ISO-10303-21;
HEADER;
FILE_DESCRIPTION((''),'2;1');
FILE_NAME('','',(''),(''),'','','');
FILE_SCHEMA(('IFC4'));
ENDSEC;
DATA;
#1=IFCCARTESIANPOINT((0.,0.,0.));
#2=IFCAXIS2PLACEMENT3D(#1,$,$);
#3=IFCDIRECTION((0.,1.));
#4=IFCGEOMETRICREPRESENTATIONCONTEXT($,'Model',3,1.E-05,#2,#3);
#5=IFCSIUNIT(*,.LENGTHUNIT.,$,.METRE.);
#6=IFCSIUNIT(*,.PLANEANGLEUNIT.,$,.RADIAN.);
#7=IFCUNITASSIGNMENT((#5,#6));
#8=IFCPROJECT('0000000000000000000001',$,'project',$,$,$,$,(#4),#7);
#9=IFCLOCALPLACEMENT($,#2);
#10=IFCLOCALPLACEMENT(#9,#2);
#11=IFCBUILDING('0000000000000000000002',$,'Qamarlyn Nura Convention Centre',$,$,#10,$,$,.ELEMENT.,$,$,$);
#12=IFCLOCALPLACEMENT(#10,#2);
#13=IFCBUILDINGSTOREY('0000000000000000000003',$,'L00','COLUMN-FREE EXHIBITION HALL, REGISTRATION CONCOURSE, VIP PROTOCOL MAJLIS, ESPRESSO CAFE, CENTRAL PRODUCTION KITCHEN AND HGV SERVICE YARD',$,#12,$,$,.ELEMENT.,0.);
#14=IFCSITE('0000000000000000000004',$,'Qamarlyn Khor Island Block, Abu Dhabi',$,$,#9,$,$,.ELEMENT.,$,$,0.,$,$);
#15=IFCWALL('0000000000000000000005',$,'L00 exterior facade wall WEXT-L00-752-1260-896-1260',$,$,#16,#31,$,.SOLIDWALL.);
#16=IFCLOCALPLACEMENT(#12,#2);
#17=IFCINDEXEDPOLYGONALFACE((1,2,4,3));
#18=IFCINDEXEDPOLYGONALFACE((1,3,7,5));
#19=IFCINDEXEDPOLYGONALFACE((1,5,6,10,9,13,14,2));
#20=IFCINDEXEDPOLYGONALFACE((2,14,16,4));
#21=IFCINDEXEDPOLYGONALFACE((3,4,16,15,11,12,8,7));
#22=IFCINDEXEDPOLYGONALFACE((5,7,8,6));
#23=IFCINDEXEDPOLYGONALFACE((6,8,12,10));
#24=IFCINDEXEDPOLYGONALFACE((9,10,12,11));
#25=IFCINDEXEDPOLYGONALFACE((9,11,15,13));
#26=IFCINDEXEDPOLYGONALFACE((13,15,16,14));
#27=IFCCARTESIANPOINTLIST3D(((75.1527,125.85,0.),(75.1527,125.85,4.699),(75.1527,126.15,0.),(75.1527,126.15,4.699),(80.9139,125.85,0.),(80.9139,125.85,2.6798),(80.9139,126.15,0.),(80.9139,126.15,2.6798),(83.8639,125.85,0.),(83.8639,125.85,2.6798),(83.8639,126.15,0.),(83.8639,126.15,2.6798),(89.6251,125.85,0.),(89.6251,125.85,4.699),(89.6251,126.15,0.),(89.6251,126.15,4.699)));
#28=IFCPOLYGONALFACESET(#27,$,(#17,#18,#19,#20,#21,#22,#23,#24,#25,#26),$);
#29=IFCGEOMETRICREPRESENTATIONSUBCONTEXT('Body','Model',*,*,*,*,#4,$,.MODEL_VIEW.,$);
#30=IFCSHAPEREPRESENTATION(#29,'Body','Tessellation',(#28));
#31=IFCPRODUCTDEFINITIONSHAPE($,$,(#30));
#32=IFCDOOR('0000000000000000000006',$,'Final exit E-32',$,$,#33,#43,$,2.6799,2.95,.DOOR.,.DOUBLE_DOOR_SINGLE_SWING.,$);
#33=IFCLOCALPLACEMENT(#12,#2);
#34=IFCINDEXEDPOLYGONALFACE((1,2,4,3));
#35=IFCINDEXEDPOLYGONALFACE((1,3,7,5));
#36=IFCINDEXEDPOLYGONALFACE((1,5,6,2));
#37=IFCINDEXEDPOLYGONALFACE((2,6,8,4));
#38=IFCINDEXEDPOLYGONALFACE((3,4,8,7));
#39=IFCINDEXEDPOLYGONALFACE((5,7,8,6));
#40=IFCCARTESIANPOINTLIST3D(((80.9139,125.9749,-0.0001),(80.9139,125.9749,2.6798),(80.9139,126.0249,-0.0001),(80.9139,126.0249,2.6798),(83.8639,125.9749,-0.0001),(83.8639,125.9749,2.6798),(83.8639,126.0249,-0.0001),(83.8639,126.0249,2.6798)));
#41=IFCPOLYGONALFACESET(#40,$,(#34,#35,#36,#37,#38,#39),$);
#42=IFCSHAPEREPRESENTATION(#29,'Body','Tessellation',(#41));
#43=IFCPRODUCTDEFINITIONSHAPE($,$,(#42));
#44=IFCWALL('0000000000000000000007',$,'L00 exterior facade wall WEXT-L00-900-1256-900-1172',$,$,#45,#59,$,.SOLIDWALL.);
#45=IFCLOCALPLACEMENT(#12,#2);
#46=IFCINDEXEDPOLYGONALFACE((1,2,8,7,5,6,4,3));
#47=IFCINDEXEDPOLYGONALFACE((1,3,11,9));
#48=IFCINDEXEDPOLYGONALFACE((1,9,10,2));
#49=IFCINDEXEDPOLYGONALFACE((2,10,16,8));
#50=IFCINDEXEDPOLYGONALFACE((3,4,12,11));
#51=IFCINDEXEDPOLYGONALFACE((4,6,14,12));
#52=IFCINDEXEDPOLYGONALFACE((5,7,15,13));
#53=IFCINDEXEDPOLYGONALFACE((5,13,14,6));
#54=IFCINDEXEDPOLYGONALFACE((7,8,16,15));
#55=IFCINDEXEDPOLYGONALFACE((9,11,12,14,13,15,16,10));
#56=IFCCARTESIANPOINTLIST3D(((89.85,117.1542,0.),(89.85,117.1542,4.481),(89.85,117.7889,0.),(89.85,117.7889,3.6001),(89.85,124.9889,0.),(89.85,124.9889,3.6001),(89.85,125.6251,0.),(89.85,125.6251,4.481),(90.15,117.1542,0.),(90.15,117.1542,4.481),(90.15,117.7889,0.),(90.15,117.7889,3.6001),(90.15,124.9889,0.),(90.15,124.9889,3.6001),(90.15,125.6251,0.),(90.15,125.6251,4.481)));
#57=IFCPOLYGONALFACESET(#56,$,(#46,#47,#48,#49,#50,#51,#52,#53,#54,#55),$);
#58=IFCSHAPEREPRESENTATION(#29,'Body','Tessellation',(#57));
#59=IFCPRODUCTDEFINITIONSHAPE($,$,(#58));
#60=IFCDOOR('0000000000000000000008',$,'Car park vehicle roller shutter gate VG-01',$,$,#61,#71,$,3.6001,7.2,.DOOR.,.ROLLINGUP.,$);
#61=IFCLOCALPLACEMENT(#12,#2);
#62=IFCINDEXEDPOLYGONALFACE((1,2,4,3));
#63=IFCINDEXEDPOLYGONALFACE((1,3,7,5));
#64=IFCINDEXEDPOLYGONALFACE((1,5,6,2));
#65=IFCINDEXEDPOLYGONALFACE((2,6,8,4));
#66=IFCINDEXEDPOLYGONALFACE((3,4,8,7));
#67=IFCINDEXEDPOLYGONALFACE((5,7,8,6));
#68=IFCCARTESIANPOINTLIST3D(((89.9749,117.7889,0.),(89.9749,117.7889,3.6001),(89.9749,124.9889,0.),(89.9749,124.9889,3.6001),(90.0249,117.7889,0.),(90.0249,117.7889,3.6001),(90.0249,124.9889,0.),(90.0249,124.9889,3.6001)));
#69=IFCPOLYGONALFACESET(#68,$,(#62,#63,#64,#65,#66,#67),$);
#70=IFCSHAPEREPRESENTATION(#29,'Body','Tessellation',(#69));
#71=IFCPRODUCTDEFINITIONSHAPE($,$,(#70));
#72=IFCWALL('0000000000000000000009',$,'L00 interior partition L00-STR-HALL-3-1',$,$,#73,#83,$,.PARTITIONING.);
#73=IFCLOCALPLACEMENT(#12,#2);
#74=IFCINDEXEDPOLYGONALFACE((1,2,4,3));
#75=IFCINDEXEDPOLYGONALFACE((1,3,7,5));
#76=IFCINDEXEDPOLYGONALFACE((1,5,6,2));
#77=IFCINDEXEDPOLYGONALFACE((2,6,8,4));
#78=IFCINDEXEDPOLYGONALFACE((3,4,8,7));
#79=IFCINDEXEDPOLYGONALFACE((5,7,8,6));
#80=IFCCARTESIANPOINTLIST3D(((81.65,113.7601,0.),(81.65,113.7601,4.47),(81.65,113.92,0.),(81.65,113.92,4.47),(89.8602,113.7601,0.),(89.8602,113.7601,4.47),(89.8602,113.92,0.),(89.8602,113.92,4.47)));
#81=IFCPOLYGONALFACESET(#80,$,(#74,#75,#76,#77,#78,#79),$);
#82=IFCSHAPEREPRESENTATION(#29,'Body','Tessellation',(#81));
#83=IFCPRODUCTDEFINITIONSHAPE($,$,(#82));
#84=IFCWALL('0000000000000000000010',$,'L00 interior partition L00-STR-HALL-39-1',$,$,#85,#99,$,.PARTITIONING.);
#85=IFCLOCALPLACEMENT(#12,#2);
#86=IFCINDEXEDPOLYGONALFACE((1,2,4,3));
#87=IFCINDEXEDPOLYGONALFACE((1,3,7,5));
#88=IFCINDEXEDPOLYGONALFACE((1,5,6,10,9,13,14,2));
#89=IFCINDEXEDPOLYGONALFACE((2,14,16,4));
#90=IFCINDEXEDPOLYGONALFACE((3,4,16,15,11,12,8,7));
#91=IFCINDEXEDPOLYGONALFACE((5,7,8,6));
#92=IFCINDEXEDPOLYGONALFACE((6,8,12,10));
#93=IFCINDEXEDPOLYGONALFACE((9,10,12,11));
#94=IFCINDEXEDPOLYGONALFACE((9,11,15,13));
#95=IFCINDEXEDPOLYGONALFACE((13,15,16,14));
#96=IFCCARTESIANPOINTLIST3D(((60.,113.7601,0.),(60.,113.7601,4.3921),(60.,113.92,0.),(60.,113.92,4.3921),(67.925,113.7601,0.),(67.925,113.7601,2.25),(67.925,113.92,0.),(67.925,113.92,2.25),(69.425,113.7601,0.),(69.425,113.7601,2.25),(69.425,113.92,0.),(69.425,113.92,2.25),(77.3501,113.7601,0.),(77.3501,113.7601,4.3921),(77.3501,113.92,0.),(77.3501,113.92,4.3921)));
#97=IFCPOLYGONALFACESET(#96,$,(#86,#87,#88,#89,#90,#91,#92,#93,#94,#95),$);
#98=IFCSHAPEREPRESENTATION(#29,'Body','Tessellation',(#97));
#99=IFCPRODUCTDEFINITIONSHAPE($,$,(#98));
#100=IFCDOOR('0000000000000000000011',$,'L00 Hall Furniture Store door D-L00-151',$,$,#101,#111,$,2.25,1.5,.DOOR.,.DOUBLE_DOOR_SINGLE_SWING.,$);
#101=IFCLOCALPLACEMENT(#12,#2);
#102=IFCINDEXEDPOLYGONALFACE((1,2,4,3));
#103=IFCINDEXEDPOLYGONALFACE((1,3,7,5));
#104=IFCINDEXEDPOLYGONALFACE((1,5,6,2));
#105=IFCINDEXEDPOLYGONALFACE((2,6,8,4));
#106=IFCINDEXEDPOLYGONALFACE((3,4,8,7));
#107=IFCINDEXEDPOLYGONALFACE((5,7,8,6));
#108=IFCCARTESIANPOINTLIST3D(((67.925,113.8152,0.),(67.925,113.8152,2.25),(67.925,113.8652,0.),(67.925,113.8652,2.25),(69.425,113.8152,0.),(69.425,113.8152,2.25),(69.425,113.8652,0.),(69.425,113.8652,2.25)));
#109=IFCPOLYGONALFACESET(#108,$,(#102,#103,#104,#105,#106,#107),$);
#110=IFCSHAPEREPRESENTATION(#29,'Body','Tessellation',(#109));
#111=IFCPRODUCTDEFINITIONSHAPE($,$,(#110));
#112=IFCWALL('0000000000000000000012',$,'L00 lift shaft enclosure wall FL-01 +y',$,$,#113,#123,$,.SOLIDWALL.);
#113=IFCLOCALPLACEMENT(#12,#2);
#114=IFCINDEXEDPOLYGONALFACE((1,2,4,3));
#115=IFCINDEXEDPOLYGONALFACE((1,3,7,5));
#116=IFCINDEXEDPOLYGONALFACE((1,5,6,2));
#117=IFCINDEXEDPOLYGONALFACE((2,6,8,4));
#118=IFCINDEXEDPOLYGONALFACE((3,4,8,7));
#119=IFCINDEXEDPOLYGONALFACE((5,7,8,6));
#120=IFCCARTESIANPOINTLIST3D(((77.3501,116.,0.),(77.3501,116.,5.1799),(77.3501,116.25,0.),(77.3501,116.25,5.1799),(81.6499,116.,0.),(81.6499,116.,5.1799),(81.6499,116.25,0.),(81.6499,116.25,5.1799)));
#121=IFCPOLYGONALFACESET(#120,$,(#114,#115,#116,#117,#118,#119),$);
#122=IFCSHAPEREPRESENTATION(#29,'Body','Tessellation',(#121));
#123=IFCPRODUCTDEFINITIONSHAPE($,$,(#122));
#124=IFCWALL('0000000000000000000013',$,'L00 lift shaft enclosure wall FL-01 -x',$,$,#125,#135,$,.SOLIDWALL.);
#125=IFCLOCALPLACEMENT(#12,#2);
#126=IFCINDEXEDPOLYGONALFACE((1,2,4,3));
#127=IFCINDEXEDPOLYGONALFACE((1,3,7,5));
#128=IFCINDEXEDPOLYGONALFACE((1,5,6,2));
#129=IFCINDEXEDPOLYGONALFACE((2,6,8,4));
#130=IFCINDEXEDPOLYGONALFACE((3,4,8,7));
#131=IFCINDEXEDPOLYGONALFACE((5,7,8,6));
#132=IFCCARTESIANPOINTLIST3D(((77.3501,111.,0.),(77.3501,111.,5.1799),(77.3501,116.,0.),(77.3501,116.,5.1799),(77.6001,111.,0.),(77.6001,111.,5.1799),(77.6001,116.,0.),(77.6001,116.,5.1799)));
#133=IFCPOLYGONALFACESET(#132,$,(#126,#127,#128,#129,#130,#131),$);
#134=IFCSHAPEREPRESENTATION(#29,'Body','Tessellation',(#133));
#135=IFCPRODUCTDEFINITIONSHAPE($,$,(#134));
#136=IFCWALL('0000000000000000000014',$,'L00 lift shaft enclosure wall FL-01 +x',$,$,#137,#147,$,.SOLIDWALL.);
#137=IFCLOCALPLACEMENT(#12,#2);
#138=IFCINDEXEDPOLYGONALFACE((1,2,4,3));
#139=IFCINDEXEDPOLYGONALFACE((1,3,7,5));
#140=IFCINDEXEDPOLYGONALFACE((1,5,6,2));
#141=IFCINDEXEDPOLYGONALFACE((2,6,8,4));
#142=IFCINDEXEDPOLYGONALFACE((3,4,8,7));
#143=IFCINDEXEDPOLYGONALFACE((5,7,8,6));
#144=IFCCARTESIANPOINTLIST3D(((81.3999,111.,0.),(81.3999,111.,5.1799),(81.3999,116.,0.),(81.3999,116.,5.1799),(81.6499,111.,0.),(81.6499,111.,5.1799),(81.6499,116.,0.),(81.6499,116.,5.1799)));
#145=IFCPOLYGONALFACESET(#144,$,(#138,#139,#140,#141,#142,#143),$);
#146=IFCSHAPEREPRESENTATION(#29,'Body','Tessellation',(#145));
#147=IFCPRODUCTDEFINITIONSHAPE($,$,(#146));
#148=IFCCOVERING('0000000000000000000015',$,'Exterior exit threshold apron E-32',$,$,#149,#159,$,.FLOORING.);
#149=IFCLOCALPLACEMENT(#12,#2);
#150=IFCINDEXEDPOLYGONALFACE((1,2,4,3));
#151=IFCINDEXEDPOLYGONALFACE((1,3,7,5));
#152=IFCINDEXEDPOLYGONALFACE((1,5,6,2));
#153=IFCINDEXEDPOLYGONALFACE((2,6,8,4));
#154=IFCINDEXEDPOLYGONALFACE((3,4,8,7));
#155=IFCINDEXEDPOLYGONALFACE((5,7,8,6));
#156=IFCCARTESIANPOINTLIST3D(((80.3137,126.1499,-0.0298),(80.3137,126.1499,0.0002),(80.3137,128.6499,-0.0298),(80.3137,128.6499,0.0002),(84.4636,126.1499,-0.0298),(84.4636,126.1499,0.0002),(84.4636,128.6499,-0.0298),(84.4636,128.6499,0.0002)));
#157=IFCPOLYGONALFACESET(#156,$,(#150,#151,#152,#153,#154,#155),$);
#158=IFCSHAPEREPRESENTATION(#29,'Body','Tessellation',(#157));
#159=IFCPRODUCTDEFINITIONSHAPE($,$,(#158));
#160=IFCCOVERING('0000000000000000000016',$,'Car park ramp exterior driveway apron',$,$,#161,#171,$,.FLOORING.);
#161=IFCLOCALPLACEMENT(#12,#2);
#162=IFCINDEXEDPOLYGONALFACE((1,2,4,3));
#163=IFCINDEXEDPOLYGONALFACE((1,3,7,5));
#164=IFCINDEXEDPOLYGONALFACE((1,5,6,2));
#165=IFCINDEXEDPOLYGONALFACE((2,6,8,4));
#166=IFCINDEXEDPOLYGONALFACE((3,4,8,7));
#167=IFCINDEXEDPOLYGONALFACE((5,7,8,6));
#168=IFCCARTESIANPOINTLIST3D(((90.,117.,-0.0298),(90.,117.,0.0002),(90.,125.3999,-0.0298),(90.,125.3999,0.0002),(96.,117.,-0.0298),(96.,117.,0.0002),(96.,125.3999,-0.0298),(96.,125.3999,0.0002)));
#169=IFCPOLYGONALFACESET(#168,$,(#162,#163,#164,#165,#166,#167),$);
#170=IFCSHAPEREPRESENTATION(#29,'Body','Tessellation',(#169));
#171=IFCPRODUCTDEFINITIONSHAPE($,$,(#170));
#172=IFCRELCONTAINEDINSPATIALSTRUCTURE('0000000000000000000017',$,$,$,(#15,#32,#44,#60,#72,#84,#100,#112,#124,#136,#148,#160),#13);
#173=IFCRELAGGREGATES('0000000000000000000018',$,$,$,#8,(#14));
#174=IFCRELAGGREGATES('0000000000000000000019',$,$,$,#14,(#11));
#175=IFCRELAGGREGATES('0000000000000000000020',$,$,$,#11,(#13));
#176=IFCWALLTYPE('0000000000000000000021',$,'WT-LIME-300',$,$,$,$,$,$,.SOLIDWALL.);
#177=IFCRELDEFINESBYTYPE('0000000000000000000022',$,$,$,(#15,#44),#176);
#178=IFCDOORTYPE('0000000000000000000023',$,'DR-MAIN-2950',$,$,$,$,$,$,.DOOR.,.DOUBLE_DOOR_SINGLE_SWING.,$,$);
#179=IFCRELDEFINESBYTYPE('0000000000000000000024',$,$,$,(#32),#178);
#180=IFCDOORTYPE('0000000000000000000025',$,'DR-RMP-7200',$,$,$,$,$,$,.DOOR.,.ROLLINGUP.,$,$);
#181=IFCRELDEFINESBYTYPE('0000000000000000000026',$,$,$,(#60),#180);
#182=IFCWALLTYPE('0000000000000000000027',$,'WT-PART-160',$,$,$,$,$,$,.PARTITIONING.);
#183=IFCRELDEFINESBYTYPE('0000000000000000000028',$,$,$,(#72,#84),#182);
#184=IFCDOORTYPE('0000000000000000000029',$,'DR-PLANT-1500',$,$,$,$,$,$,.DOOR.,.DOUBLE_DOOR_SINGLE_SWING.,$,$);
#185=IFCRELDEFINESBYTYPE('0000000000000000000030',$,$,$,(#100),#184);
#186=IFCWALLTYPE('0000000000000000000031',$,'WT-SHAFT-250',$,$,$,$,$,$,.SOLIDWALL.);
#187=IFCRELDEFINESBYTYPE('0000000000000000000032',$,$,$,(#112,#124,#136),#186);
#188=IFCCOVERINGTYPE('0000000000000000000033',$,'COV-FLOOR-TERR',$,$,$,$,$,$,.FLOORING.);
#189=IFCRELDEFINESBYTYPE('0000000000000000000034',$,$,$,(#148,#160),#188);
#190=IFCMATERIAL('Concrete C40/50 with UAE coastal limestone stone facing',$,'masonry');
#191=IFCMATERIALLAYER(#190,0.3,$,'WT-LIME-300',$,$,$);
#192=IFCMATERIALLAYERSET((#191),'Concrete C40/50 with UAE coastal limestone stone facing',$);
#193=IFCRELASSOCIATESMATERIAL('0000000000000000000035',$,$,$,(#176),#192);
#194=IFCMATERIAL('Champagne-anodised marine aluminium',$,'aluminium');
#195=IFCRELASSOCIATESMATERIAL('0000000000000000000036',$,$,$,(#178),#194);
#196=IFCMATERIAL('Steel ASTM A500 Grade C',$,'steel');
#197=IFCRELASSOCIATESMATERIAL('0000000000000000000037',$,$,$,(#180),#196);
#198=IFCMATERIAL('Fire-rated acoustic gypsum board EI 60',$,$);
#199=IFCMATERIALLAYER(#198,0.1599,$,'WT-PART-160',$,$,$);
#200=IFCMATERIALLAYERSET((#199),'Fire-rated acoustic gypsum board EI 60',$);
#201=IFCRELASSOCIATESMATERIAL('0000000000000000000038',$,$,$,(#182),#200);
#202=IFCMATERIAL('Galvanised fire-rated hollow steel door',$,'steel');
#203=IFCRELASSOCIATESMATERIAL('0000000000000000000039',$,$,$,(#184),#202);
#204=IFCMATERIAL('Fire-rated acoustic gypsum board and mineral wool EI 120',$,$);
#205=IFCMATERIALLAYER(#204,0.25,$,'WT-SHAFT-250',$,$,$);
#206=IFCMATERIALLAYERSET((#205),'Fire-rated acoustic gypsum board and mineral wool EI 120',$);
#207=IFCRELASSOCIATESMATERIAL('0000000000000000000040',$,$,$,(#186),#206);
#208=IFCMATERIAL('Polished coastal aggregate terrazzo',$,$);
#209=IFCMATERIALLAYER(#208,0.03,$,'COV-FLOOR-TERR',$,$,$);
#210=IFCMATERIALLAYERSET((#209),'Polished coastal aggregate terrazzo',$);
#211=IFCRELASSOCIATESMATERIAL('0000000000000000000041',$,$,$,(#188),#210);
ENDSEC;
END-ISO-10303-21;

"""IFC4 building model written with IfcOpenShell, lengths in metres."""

from ifc_helpers import new_model, si_unit, direction, frame, frame_2d, origin, origin_2d, place, context, subcontext, project, spatial, rectangle, extrude, material, layer, layer_set, type_object, element, fill, save


model = new_model("IFC4")

# Units and contexts
model_context = context("Model", 3, precision=1e-05, world=origin(), true_north=direction((0.0, 1.0)))
body_context = subcontext(model_context, "Body", "Model", "MODEL_VIEW")
ifc_project = project(units=[si_unit("LENGTHUNIT", "METRE"), si_unit("PLANEANGLEUNIT", "RADIAN")], contexts=[model_context])

# Site, building, storey
site_placement = place(None, origin())
site = spatial("IfcSite", under=ifc_project, at=site_placement, Name="Qamarlyn Khor Island Block, Abu Dhabi", CompositionType="ELEMENT", RefElevation=0.0)
building_placement = place(site_placement, origin())
building = spatial("IfcBuilding", under=site, at=building_placement, Name="Qamarlyn Nura Convention Centre", CompositionType="ELEMENT")
storey_placement = place(building_placement, origin())
storey = spatial("IfcBuildingStorey", under=building, at=storey_placement, Name="L00", Description="COLUMN-FREE EXHIBITION HALL, REGISTRATION CONCOURSE, VIP PROTOCOL MAJLIS, ESPRESSO CAFE, CENTRAL PRODUCTION KITCHEN AND HGV SERVICE YARD", CompositionType="ELEMENT", Elevation=0.0)

# Shared definitions
ifc_material_1 = material(Name="Steel ASTM A500 Grade C", Category="steel")

# Walls, openings, doors
ifc_material_2 = material(Name="Champagne-anodised marine aluminium", Category="aluminium")
ifc_material_3 = material(Name="Concrete C40/50 with UAE coastal limestone stone facing", Category="masonry")
ifc_layer_1 = layer(ifc_material_3, 0.3, Name="WT-LIME-300")
ifc_layer_set_1 = layer_set([ifc_layer_1], Name="Concrete C40/50 with UAE coastal limestone stone facing")
wall_type_1 = type_object("IfcWallType", Name="WT-LIME-300", PredefinedType="SOLIDWALL", material=ifc_layer_set_1)
wall_1_placement = place(storey_placement, frame((75.1526, 126.0, 0.0), z_axis=(0.0, 0.0, 1.0), x_axis=(1.0, 0.0, 0.0)))
wall_1 = element("IfcWall", 1, at=wall_1_placement, inside=storey, type_object=wall_type_1, Name="L00 exterior facade wall WEXT-L00-752-1260-896-1260", PredefinedType="SOLIDWALL", context=body_context, shape_type="SweptSolid", body=[
    extrude(rectangle(XDim=14.4724, YDim=0.3, at=frame_2d((7.2363, 0.0))), origin(), (0.0, 0.0, 1.0), 4.699),
])
opening_1_placement = place(wall_1_placement, frame((5.7612, 0.0, 0.0)))
opening_1 = element("IfcOpeningElement", 2, at=opening_1_placement, cuts=wall_1, PredefinedType="OPENING", context=body_context, shape_type="SweptSolid", body=[
    extrude(rectangle(XDim=2.95, YDim=2.6799, at=frame_2d((1.4751, 1.3398))), frame((0.0, 0.1602, 0.0), z_axis=(0.0, -1.0, 0.0), x_axis=(1.0, 0.0, 0.0)), (0.0, 0.0, 1.0), 0.3201),
])
door_type_1 = type_object("IfcDoorType", Name="DR-MAIN-2950", OperationType="DOUBLE_DOOR_SINGLE_SWING", PredefinedType="DOOR", material=ifc_material_2)
door_1_placement = place(opening_1_placement, origin())
door_1 = element("IfcDoor", 3, at=door_1_placement, inside=storey, type_object=door_type_1, Name="Final exit E-32", OperationType="DOUBLE_DOOR_SINGLE_SWING", OverallHeight=2.6799, OverallWidth=2.95, PredefinedType="DOOR", context=body_context, shape_type="SweptSolid", body=[
    extrude(rectangle(XDim=2.95, YDim=2.6799, at=frame_2d((1.4751, 1.3398))), frame((0.0, 0.0249, 0.0), z_axis=(0.0, -1.0, 0.0), x_axis=(1.0, 0.0, 0.0)), (0.0, 0.0, 1.0), 0.05),
])
fill(opening_1, door_1)
wall_2_placement = place(storey_placement, frame((90.0, 125.625, 0.0), z_axis=(0.0, 0.0, 1.0), x_axis=(0.0, -1.0, 0.0)))
wall_2 = element("IfcWall", 4, at=wall_2_placement, inside=storey, type_object=wall_type_1, Name="L00 exterior facade wall WEXT-L00-900-1256-900-1172", PredefinedType="SOLIDWALL", context=body_context, shape_type="SweptSolid", body=[
    extrude(rectangle(XDim=8.4709, YDim=0.3, at=frame_2d((4.2354, 0.0))), origin(), (0.0, 0.0, 1.0), 4.481),
])
opening_2_placement = place(wall_2_placement, frame((0.636, 0.0, 0.0)))
opening_2 = element("IfcOpeningElement", 5, at=opening_2_placement, cuts=wall_2, PredefinedType="OPENING", context=body_context, shape_type="SweptSolid", body=[
    extrude(rectangle(XDim=7.2, YDim=3.6001, at=frame_2d((3.6001, 1.8))), frame((0.0, 0.1602, 0.0), z_axis=(0.0, -1.0, 0.0), x_axis=(1.0, 0.0, 0.0)), (0.0, 0.0, 1.0), 0.3201),
])
door_type_2 = type_object("IfcDoorType", Name="DR-RMP-7200", OperationType="ROLLINGUP", PredefinedType="DOOR", material=ifc_material_1)
door_2_placement = place(opening_2_placement, origin())
door_2 = element("IfcDoor", 6, at=door_2_placement, inside=storey, type_object=door_type_2, Name="Car park vehicle roller shutter gate VG-01", OperationType="ROLLINGUP", OverallHeight=3.6001, OverallWidth=7.2, PredefinedType="DOOR", context=body_context, shape_type="SweptSolid", body=[
    extrude(rectangle(XDim=7.2, YDim=3.6001, at=frame_2d((3.6001, 1.8))), frame((0.0, 0.0249, 0.0), z_axis=(0.0, -1.0, 0.0), x_axis=(1.0, 0.0, 0.0)), (0.0, 0.0, 1.0), 0.05),
])
fill(opening_2, door_2)

# Wall
ifc_material_4 = material(Name="Fire-rated acoustic gypsum board EI 60")
ifc_layer_2 = layer(ifc_material_4, 0.1599, Name="WT-PART-160")
ifc_layer_set_2 = layer_set([ifc_layer_2], Name="Fire-rated acoustic gypsum board EI 60")
wall_type_2 = type_object("IfcWallType", Name="WT-PART-160", PredefinedType="PARTITIONING", material=ifc_layer_set_2)
wall_3_placement = place(storey_placement, frame((89.8601, 113.8401, 0.0), z_axis=(0.0, 0.0, 1.0), x_axis=(-1.0, 0.0, 0.0)))
element("IfcWall", 7, at=wall_3_placement, inside=storey, type_object=wall_type_2, Name="L00 interior partition L00-STR-HALL-3-1", PredefinedType="PARTITIONING", context=body_context, shape_type="SweptSolid", body=[
    extrude(rectangle(XDim=8.2102, YDim=0.1599, at=frame_2d((4.105, 0.0))), origin(), (0.0, 0.0, 1.0), 4.47),
])

# Wall, opening, door
wall_4_placement = place(storey_placement, frame((77.3501, 113.8401, 0.0), z_axis=(0.0, 0.0, 1.0), x_axis=(-1.0, 0.0, 0.0)))
wall_4 = element("IfcWall", 8, at=wall_4_placement, inside=storey, type_object=wall_type_2, Name="L00 interior partition L00-STR-HALL-39-1", PredefinedType="PARTITIONING", context=body_context, shape_type="SweptSolid", body=[
    extrude(rectangle(XDim=17.3501, YDim=0.1599, at=frame_2d((8.675, 0.0))), origin(), (0.0, 0.0, 1.0), 4.3921),
])
opening_3_placement = place(wall_4_placement, frame((7.925, 0.0, 0.0)))
opening_3 = element("IfcOpeningElement", 9, at=opening_3_placement, cuts=wall_4, PredefinedType="OPENING", context=body_context, shape_type="SweptSolid", body=[
    extrude(rectangle(XDim=1.5, YDim=2.25, at=frame_2d((0.75, 1.125))), frame((0.0, 0.0898, 0.0), z_axis=(0.0, -1.0, 0.0), x_axis=(1.0, 0.0, 0.0)), (0.0, 0.0, 1.0), 0.1799),
])
ifc_material_5 = material(Name="Galvanised fire-rated hollow steel door", Category="steel")
door_type_3 = type_object("IfcDoorType", Name="DR-PLANT-1500", OperationType="DOUBLE_DOOR_SINGLE_SWING", PredefinedType="DOOR", material=ifc_material_5)
door_3_placement = place(opening_3_placement, origin())
door_3 = element("IfcDoor", 10, at=door_3_placement, inside=storey, type_object=door_type_3, Name="L00 Hall Furniture Store door D-L00-151", OperationType="DOUBLE_DOOR_SINGLE_SWING", OverallHeight=2.25, OverallWidth=1.5, PredefinedType="DOOR", context=body_context, shape_type="SweptSolid", body=[
    extrude(rectangle(XDim=1.5, YDim=2.25, at=frame_2d((0.75, 1.125))), frame((0.0, 0.0249, 0.0), z_axis=(0.0, -1.0, 0.0), x_axis=(1.0, 0.0, 0.0)), (0.0, 0.0, 1.0), 0.05),
])
fill(opening_3, door_3)

# Walls
ifc_material_6 = material(Name="Fire-rated acoustic gypsum board and mineral wool EI 120")
ifc_layer_3 = layer(ifc_material_6, 0.25, Name="WT-SHAFT-250")
ifc_layer_set_3 = layer_set([ifc_layer_3], Name="Fire-rated acoustic gypsum board and mineral wool EI 120")
wall_type_3 = type_object("IfcWallType", Name="WT-SHAFT-250", PredefinedType="SOLIDWALL", material=ifc_layer_set_3)
wall_5_placement = place(storey_placement, frame((81.6499, 116.125, 0.0), z_axis=(0.0, 0.0, 1.0), x_axis=(-1.0, 0.0, 0.0)))
element("IfcWall", 11, at=wall_5_placement, inside=storey, type_object=wall_type_3, Name="L00 lift shaft enclosure wall FL-01 +y", PredefinedType="SOLIDWALL", context=body_context, shape_type="SweptSolid", body=[
    extrude(rectangle(XDim=4.2998, YDim=0.25, at=frame_2d((2.1499, 0.0))), origin(), (0.0, 0.0, 1.0), 5.1799),
])
for number, where, z_axis, x_axis, name in (
    (12, (77.4751, 116.0, 0.0), (0.0, 0.0, 1.0), (0.0, -1.0, 0.0), "L00 lift shaft enclosure wall FL-01 -x"),
    (13, (81.5249, 111.0, 0.0), (0.0, 0.0, 1.0), (0.0, 1.0, 0.0), "L00 lift shaft enclosure wall FL-01 +x"),
):
    element("IfcWall", number, at=place(storey_placement, frame(where, z_axis=z_axis, x_axis=x_axis)), inside=storey, type_object=wall_type_3, Name=name, PredefinedType="SOLIDWALL", context=body_context, shape_type="SweptSolid", body=[
        extrude(rectangle(XDim=5.0, YDim=0.25, at=frame_2d((2.5, 0.0))), origin(), (0.0, 0.0, 1.0), 5.1799),
    ])

# Coverings
ifc_material_7 = material(Name="Polished coastal aggregate terrazzo")
ifc_layer_4 = layer(ifc_material_7, 0.03, Name="COV-FLOOR-TERR")
ifc_layer_set_4 = layer_set([ifc_layer_4], Name="Polished coastal aggregate terrazzo")
covering_type = type_object("IfcCoveringType", Name="COV-FLOOR-TERR", PredefinedType="FLOORING", material=ifc_layer_set_4)
covering_1_placement = place(storey_placement, frame((82.3887, 127.3999, -0.0298), z_axis=(0.0, 0.0, 1.0), x_axis=(1.0, 0.0, 0.0)))
element("IfcCovering", 14, at=covering_1_placement, inside=storey, type_object=covering_type, Name="Exterior exit threshold apron E-32", PredefinedType="FLOORING", context=body_context, shape_type="SweptSolid", body=[
    extrude(rectangle(XDim=4.1499, YDim=2.5, at=origin_2d()), origin(), (0.0, 0.0, 1.0), 0.03),
])
covering_2_placement = place(storey_placement, frame((93.0, 121.2, -0.0298), z_axis=(0.0, 0.0, 1.0), x_axis=(1.0, 0.0, 0.0)))
element("IfcCovering", 15, at=covering_2_placement, inside=storey, type_object=covering_type, Name="Car park ramp exterior driveway apron", PredefinedType="FLOORING", context=body_context, shape_type="SweptSolid", body=[
    extrude(rectangle(XDim=6.0, YDim=8.3999, at=origin_2d()), origin(), (0.0, 0.0, 1.0), 0.03),
])

save(model, "model.ifc")
